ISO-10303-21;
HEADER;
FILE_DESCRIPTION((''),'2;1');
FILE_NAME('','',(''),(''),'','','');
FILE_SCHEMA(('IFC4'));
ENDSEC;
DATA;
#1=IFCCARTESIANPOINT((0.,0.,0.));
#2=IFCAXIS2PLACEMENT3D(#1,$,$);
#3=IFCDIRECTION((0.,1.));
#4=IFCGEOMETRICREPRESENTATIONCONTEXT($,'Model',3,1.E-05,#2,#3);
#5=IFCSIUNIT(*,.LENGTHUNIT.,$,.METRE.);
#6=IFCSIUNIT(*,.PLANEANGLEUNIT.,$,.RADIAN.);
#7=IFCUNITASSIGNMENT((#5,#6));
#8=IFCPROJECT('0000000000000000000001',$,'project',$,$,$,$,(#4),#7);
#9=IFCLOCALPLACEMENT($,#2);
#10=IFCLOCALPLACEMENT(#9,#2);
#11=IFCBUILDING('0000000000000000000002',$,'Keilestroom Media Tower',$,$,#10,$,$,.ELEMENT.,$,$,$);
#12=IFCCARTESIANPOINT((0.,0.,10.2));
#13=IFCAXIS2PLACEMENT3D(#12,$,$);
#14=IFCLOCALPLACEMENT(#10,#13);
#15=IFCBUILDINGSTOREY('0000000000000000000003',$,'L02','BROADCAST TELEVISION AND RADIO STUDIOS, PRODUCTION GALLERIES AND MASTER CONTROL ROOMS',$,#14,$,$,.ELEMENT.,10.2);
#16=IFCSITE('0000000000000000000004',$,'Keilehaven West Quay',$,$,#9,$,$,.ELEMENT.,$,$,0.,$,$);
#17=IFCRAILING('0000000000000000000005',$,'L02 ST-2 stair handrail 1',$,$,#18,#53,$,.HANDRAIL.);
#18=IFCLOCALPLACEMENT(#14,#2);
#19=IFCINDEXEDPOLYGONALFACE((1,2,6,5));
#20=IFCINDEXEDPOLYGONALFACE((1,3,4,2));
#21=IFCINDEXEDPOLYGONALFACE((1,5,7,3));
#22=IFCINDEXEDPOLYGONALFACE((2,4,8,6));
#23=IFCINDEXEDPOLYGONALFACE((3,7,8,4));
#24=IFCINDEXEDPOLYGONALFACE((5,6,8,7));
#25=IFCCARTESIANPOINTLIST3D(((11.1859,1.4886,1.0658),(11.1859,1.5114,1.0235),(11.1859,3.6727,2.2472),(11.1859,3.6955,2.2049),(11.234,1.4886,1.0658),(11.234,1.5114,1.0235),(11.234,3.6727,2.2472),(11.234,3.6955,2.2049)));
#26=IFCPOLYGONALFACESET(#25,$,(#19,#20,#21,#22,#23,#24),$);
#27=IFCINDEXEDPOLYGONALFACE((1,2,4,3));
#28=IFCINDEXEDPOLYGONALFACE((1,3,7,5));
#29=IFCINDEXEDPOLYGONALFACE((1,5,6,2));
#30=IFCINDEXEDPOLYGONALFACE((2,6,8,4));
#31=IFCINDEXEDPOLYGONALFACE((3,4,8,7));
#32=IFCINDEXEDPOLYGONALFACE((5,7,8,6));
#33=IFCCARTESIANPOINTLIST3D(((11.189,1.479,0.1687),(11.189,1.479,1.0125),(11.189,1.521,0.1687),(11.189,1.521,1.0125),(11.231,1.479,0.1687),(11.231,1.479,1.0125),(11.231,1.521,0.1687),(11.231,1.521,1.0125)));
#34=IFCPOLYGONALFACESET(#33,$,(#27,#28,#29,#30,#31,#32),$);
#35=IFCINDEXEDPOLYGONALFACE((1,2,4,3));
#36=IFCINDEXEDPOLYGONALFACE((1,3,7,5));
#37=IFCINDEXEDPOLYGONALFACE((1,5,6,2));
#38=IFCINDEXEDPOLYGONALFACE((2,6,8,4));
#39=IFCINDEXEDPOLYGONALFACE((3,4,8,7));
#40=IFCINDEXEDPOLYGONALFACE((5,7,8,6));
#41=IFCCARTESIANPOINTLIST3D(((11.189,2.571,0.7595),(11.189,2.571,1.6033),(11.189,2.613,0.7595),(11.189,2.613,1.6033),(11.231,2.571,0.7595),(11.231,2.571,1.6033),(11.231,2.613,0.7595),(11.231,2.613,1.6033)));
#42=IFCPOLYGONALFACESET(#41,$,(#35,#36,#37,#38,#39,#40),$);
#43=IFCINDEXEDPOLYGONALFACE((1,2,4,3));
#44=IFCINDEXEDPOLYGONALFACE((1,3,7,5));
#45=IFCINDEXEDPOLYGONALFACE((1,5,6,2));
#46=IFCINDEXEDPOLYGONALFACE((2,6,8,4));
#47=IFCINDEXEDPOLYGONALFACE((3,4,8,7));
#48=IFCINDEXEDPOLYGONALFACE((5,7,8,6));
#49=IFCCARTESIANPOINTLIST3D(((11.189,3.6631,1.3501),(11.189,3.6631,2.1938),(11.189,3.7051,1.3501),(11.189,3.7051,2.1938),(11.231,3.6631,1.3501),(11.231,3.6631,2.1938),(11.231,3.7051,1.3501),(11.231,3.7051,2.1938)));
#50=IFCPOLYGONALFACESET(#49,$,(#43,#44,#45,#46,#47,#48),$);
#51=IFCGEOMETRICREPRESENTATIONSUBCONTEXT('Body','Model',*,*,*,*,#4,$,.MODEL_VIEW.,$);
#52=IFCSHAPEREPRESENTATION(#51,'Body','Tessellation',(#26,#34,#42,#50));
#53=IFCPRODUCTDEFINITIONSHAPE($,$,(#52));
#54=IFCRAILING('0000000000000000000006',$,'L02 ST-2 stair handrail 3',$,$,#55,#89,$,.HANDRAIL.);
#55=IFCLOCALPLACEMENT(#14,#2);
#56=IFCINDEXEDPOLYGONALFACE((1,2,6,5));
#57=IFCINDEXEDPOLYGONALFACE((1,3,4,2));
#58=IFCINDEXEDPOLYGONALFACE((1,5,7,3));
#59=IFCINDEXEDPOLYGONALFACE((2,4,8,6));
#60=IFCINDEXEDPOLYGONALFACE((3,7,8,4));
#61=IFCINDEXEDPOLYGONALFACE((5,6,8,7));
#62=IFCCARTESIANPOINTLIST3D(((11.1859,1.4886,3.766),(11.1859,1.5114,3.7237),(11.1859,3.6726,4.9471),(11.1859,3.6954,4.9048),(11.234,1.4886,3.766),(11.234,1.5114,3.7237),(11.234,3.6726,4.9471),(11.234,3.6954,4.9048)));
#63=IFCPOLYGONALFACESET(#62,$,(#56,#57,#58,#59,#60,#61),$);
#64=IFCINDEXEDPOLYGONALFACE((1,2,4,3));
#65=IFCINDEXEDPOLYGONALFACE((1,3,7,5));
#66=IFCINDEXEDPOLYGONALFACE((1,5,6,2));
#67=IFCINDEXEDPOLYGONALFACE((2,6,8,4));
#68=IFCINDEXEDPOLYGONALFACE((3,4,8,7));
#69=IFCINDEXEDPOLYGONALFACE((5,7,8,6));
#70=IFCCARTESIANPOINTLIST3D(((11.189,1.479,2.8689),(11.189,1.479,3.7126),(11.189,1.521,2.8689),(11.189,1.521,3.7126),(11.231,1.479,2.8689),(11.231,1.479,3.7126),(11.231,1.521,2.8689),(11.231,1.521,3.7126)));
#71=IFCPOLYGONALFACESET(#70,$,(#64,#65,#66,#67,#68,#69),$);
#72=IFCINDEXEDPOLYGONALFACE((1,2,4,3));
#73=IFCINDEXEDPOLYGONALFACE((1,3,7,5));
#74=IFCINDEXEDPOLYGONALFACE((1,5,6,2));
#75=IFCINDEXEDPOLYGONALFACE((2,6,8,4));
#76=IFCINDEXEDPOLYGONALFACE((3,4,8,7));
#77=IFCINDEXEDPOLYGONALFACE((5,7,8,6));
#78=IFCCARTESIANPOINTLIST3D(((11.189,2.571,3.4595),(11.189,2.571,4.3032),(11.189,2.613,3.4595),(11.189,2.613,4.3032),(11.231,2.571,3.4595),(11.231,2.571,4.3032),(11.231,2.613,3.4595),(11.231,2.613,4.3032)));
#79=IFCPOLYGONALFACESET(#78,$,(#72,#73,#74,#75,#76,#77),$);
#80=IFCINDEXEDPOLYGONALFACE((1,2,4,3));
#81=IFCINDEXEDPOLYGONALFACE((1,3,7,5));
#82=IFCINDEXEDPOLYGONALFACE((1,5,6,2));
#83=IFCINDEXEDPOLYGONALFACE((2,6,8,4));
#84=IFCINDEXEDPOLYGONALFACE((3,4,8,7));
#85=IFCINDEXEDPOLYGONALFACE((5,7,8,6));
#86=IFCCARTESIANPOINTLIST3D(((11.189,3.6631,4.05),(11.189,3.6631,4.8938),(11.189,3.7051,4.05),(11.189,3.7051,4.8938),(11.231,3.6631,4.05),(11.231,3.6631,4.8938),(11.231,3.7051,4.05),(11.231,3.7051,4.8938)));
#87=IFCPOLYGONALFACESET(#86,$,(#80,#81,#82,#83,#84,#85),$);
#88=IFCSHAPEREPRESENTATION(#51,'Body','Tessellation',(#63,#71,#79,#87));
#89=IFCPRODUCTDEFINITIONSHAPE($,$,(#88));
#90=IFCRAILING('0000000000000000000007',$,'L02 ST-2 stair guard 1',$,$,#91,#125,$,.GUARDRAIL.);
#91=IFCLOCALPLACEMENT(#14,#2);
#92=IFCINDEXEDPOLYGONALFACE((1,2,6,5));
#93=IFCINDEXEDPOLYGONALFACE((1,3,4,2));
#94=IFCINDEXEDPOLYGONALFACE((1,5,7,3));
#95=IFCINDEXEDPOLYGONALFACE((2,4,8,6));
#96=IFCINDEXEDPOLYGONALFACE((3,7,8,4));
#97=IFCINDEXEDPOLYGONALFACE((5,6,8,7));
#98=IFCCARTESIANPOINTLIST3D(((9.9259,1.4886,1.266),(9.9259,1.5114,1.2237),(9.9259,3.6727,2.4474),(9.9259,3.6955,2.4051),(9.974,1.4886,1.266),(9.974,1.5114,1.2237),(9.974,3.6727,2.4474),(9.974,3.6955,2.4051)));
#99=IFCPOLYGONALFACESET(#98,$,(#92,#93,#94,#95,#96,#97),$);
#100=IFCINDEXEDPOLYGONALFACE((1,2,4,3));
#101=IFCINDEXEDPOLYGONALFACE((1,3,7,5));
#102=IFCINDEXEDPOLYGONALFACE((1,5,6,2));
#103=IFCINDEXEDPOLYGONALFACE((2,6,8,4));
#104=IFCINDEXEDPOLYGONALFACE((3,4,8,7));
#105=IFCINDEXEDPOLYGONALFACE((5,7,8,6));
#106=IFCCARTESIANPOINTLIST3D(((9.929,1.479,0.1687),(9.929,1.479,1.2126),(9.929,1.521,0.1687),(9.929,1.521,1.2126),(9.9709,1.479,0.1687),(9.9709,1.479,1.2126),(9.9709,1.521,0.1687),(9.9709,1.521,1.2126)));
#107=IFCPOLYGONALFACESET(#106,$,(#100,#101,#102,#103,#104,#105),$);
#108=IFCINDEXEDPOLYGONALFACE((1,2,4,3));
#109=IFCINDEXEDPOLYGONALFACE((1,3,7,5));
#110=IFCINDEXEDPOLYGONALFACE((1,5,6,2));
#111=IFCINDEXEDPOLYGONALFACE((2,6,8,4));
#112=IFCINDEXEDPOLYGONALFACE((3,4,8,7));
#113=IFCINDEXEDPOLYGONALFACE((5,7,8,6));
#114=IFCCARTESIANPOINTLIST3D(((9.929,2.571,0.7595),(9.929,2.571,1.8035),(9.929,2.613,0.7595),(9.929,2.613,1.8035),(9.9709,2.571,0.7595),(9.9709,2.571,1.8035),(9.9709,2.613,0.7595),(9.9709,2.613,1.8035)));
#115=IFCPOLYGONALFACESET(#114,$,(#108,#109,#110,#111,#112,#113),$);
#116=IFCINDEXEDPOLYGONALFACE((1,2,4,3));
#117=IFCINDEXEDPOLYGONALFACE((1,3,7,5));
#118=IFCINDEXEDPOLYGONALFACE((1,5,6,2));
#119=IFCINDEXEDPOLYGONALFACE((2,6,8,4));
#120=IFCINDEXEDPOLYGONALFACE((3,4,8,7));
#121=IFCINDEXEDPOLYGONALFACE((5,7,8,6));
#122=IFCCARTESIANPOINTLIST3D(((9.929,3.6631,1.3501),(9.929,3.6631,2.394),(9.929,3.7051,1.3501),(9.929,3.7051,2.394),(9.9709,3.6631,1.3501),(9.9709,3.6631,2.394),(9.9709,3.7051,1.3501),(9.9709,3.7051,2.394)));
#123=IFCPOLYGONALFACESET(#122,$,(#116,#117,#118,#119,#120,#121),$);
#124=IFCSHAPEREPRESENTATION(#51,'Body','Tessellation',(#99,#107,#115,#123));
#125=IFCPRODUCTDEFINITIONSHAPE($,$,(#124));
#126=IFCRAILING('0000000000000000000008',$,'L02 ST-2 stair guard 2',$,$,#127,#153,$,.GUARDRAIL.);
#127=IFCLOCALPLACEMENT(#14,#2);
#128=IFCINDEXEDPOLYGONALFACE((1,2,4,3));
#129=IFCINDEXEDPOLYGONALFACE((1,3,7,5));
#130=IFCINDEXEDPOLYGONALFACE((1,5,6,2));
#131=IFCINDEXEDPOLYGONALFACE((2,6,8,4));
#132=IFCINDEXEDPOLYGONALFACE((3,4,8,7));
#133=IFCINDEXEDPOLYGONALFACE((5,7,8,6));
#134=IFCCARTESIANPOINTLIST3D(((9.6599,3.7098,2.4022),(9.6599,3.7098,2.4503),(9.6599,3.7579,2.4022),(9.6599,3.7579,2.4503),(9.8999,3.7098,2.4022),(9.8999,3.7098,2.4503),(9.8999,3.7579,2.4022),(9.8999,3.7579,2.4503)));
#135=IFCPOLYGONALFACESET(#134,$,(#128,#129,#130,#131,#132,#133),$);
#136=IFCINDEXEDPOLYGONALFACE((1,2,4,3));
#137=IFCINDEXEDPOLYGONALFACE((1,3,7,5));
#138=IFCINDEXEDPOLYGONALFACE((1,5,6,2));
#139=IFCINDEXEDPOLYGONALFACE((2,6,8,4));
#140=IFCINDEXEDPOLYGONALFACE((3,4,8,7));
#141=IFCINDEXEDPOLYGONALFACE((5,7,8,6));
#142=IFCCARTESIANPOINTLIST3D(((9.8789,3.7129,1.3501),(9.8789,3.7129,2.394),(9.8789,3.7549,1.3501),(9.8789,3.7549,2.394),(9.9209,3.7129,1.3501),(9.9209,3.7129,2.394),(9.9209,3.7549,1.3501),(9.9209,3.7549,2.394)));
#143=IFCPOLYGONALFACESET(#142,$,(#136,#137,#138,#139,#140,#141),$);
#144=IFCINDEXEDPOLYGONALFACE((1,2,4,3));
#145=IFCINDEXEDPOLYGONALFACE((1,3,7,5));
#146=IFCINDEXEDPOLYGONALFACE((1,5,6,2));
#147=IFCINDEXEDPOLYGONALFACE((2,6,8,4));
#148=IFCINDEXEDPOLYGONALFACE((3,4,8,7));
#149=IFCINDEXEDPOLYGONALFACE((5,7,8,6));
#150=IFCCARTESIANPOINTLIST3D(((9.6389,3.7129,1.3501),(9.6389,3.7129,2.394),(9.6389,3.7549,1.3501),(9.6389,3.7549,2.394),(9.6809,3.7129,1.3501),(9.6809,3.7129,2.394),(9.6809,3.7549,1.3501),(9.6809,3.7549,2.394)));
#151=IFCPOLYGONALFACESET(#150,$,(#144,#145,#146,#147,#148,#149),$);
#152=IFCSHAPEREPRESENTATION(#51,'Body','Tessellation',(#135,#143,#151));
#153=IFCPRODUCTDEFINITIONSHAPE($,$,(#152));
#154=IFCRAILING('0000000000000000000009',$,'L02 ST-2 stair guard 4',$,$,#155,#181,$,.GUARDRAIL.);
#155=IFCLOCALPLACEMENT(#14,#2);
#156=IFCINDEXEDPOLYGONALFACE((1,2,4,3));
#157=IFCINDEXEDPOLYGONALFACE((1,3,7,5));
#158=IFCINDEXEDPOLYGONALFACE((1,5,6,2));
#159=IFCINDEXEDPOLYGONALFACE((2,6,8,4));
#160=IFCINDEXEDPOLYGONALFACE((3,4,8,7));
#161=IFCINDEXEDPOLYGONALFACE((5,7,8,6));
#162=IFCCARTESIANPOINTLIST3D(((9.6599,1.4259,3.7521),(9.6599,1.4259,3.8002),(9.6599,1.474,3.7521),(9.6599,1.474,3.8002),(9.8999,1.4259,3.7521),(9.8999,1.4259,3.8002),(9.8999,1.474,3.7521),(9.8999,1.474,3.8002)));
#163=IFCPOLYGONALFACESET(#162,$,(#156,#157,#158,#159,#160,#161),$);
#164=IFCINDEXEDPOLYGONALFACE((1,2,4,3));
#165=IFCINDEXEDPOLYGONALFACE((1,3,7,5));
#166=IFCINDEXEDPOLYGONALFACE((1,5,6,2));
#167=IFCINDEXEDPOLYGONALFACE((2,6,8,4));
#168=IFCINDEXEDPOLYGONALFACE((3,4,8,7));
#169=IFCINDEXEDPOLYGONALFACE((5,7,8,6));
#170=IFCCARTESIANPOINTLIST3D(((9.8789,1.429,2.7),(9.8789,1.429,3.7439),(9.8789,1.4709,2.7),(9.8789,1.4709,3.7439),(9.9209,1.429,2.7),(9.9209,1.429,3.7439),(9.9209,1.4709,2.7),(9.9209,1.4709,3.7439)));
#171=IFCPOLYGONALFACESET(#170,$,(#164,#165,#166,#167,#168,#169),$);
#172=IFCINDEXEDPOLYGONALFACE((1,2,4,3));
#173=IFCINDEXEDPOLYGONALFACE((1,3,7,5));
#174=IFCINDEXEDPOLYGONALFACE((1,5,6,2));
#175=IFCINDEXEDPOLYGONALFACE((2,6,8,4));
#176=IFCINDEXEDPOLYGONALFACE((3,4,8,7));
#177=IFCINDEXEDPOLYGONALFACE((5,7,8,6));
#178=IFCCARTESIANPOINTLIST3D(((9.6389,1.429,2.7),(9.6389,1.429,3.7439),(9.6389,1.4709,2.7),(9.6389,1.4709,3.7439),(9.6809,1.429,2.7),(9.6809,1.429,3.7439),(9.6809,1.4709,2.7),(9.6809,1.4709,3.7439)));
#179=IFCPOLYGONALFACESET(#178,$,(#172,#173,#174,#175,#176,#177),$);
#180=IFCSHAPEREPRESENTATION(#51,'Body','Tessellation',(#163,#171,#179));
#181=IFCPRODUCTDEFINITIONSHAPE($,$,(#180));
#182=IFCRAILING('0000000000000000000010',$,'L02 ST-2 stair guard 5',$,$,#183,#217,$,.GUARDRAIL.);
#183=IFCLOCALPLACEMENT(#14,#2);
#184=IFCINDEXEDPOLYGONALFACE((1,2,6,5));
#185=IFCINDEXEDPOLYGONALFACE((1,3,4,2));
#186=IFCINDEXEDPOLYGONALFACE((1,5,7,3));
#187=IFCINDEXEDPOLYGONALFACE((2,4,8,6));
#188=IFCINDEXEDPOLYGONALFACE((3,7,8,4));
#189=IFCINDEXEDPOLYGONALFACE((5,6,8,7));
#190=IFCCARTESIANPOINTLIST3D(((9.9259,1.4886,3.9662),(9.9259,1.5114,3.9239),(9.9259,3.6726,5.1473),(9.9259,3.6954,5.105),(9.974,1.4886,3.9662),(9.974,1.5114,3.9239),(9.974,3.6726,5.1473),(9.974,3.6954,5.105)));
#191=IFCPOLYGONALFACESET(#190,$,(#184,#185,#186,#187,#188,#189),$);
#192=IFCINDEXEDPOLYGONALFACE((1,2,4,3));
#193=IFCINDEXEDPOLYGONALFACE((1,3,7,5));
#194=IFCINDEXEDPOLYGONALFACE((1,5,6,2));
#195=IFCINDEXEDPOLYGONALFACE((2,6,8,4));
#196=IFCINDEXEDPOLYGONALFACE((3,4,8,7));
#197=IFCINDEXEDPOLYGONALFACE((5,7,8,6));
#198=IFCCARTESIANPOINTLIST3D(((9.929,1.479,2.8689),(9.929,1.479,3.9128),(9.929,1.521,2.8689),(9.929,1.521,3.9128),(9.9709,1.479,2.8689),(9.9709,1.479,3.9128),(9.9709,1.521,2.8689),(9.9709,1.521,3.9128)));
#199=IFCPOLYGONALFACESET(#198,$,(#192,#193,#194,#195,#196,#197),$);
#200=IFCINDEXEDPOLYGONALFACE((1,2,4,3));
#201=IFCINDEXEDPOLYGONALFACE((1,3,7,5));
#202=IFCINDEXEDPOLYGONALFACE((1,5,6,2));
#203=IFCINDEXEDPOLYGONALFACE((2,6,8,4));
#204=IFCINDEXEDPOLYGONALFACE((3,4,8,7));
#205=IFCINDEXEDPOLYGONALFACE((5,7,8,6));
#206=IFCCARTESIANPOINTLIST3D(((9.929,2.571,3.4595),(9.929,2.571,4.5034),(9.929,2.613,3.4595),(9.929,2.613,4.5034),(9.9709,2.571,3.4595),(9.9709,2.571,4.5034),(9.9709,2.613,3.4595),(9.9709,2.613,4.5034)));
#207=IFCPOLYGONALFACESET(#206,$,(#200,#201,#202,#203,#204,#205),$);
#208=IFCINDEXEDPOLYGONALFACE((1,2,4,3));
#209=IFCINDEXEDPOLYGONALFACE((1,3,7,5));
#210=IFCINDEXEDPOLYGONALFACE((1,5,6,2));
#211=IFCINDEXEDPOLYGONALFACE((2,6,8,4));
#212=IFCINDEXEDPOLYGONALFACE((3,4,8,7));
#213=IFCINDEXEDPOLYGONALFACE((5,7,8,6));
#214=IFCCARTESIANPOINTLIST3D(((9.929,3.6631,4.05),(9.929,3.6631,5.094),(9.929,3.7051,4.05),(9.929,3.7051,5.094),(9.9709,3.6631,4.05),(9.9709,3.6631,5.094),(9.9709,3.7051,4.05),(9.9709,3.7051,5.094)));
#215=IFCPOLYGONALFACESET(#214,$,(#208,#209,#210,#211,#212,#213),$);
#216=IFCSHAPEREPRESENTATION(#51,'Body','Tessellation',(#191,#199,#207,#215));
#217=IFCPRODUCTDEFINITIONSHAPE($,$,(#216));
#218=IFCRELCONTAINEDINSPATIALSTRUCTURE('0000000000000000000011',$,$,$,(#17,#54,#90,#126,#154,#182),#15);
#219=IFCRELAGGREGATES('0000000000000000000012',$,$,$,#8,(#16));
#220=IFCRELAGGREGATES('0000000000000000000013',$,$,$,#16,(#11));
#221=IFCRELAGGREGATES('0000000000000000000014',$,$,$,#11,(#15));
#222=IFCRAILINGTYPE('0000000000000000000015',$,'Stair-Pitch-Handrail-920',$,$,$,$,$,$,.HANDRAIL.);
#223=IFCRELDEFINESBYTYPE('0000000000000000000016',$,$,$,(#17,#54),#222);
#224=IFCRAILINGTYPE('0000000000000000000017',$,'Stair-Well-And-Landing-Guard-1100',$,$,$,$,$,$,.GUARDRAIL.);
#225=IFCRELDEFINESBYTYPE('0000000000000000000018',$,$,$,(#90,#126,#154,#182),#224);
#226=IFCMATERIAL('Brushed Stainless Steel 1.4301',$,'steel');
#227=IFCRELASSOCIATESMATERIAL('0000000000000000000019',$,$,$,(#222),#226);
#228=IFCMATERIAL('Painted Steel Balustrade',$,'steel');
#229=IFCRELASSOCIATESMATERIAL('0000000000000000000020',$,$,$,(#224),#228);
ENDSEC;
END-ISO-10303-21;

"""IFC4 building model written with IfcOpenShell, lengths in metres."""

from ifc_helpers import new_model, si_unit, direction, frame, origin, origin_2d, place, context, subcontext, project, spatial, rectangle, extrude, material, type_object, element, save


model = new_model("IFC4")

# Units and contexts
model_context = context("Model", 3, precision=1e-05, world=origin(), true_north=direction((0.0, 1.0)))
body_context = subcontext(model_context, "Body", "Model", "MODEL_VIEW")
ifc_project = project(units=[si_unit("LENGTHUNIT", "METRE"), si_unit("PLANEANGLEUNIT", "RADIAN")], contexts=[model_context])

# Site, building, storey
site_placement = place(None, origin())
site = spatial("IfcSite", under=ifc_project, at=site_placement, Name="Keilehaven West Quay", CompositionType="ELEMENT", RefElevation=0.0)
building_placement = place(site_placement, origin())
building = spatial("IfcBuilding", under=site, at=building_placement, Name="Keilestroom Media Tower", CompositionType="ELEMENT")
storey_placement = place(building_placement, frame((0.0, 0.0, 10.2)))
storey = spatial("IfcBuildingStorey", under=building, at=storey_placement, Name="L02", Description="BROADCAST TELEVISION AND RADIO STUDIOS, PRODUCTION GALLERIES AND MASTER CONTROL ROOMS", CompositionType="ELEMENT", Elevation=10.2)

# Railings
ifc_material_1 = material(Name="Brushed Stainless Steel 1.4301", Category="steel")
railing_type_1 = type_object("IfcRailingType", Name="Stair-Pitch-Handrail-920", PredefinedType="HANDRAIL", material=ifc_material_1)
railing_1_placement = place(storey_placement, frame((11.21, 1.5, 0.1687)))
element("IfcRailing", 1, at=railing_1_placement, inside=storey, type_object=railing_type_1, Name="L02 ST-2 stair handrail 1", PredefinedType="HANDRAIL", context=body_context, shape_type="SweptSolid", body=[
    extrude(rectangle(XDim=0.0481, YDim=0.0481, at=origin_2d()), frame((0.0, 0.0, 0.876), z_axis=(0.0, 0.87957, 0.47577), x_axis=(-1.0, 0.0, 0.0)), (0.0, 0.0, 1.0), 2.4832),
    extrude(rectangle(XDim=0.042, YDim=0.042, at=origin_2d()), origin(), (0.0, 0.0, 1.0), 0.8438),
    extrude(rectangle(XDim=0.042, YDim=0.042, at=origin_2d()), frame((0.0, 1.092, 0.5908)), (0.0, 0.0, 1.0), 0.8438),
    extrude(rectangle(XDim=0.042, YDim=0.042, at=origin_2d()), frame((0.0, 2.1841, 1.1814)), (0.0, 0.0, 1.0), 0.8438),
])
railing_2_placement = place(storey_placement, frame((11.21, 1.5, 2.8689)))
element("IfcRailing", 2, at=railing_2_placement, inside=storey, type_object=railing_type_1, Name="L02 ST-2 stair handrail 3", PredefinedType="HANDRAIL", context=body_context, shape_type="SweptSolid", body=[
    extrude(rectangle(XDim=0.0481, YDim=0.0481, at=origin_2d()), frame((0.0, 0.0, 0.876), z_axis=(0.0, 0.879611, 0.475694), x_axis=(-1.0, 0.0, 0.0)), (0.0, 0.0, 1.0), 2.4829),
    extrude(rectangle(XDim=0.042, YDim=0.042, at=origin_2d()), origin(), (0.0, 0.0, 1.0), 0.8438),
    extrude(rectangle(XDim=0.042, YDim=0.042, at=origin_2d()), frame((0.0, 1.092, 0.5906)), (0.0, 0.0, 1.0), 0.8438),
    extrude(rectangle(XDim=0.042, YDim=0.042, at=origin_2d()), frame((0.0, 2.1841, 1.1812)), (0.0, 0.0, 1.0), 0.8438),
])
ifc_material_2 = material(Name="Painted Steel Balustrade", Category="steel")
railing_type_2 = type_object("IfcRailingType", Name="Stair-Well-And-Landing-Guard-1100", PredefinedType="GUARDRAIL", material=ifc_material_2)
railing_3_placement = place(storey_placement, frame((9.95, 1.5, 0.1687)))
element("IfcRailing", 3, at=railing_3_placement, inside=storey, type_object=railing_type_2, Name="L02 ST-2 stair guard 1", PredefinedType="GUARDRAIL", context=body_context, shape_type="SweptSolid", body=[
    extrude(rectangle(XDim=0.0481, YDim=0.0481, at=origin_2d()), frame((0.0, 0.0, 1.0762), z_axis=(0.0, 0.87957, 0.47577), x_axis=(-1.0, 0.0, 0.0)), (0.0, 0.0, 1.0), 2.4832),
    extrude(rectangle(XDim=0.042, YDim=0.042, at=origin_2d()), origin(), (0.0, 0.0, 1.0), 1.0439),
    extrude(rectangle(XDim=0.042, YDim=0.042, at=origin_2d()), frame((0.0, 1.092, 0.5908)), (0.0, 0.0, 1.0), 1.0439),
    extrude(rectangle(XDim=0.042, YDim=0.042, at=origin_2d()), frame((0.0, 2.1841, 1.1814)), (0.0, 0.0, 1.0), 1.0439),
])
for number, where, name in (
    (4, (9.8999, 3.7339, 1.3501), "L02 ST-2 stair guard 2"),
    (5, (9.8999, 1.45, 2.7), "L02 ST-2 stair guard 4"),
):
    element("IfcRailing", number, at=place(storey_placement, frame(where)), inside=storey, type_object=railing_type_2, Name=name, PredefinedType="GUARDRAIL", context=body_context, shape_type="SweptSolid", body=[
        extrude(rectangle(XDim=0.0481, YDim=0.0481, at=origin_2d()), frame((0.0, 0.0, 1.0762), z_axis=(-1.0, 0.0, 0.0), x_axis=(0.0, -1.0, 0.0)), (0.0, 0.0, 1.0), 0.24),
        extrude(rectangle(XDim=0.042, YDim=0.042, at=origin_2d()), origin(), (0.0, 0.0, 1.0), 1.0439),
        extrude(rectangle(XDim=0.042, YDim=0.042, at=origin_2d()), frame((-0.24, 0.0, 0.0)), (0.0, 0.0, 1.0), 1.0439),
    ])
railing_4_placement = place(storey_placement, frame((9.95, 1.5, 2.8689)))
element("IfcRailing", 6, at=railing_4_placement, inside=storey, type_object=railing_type_2, Name="L02 ST-2 stair guard 5", PredefinedType="GUARDRAIL", context=body_context, shape_type="SweptSolid", body=[
    extrude(rectangle(XDim=0.0481, YDim=0.0481, at=origin_2d()), frame((0.0, 0.0, 1.0762), z_axis=(0.0, 0.879611, 0.475694), x_axis=(-1.0, 0.0, 0.0)), (0.0, 0.0, 1.0), 2.4829),
    extrude(rectangle(XDim=0.042, YDim=0.042, at=origin_2d()), origin(), (0.0, 0.0, 1.0), 1.0439),
    extrude(rectangle(XDim=0.042, YDim=0.042, at=origin_2d()), frame((0.0, 1.092, 0.5906)), (0.0, 0.0, 1.0), 1.0439),
    extrude(rectangle(XDim=0.042, YDim=0.042, at=origin_2d()), frame((0.0, 2.1841, 1.1812)), (0.0, 0.0, 1.0), 1.0439),
])

save(model, "model.ifc")
